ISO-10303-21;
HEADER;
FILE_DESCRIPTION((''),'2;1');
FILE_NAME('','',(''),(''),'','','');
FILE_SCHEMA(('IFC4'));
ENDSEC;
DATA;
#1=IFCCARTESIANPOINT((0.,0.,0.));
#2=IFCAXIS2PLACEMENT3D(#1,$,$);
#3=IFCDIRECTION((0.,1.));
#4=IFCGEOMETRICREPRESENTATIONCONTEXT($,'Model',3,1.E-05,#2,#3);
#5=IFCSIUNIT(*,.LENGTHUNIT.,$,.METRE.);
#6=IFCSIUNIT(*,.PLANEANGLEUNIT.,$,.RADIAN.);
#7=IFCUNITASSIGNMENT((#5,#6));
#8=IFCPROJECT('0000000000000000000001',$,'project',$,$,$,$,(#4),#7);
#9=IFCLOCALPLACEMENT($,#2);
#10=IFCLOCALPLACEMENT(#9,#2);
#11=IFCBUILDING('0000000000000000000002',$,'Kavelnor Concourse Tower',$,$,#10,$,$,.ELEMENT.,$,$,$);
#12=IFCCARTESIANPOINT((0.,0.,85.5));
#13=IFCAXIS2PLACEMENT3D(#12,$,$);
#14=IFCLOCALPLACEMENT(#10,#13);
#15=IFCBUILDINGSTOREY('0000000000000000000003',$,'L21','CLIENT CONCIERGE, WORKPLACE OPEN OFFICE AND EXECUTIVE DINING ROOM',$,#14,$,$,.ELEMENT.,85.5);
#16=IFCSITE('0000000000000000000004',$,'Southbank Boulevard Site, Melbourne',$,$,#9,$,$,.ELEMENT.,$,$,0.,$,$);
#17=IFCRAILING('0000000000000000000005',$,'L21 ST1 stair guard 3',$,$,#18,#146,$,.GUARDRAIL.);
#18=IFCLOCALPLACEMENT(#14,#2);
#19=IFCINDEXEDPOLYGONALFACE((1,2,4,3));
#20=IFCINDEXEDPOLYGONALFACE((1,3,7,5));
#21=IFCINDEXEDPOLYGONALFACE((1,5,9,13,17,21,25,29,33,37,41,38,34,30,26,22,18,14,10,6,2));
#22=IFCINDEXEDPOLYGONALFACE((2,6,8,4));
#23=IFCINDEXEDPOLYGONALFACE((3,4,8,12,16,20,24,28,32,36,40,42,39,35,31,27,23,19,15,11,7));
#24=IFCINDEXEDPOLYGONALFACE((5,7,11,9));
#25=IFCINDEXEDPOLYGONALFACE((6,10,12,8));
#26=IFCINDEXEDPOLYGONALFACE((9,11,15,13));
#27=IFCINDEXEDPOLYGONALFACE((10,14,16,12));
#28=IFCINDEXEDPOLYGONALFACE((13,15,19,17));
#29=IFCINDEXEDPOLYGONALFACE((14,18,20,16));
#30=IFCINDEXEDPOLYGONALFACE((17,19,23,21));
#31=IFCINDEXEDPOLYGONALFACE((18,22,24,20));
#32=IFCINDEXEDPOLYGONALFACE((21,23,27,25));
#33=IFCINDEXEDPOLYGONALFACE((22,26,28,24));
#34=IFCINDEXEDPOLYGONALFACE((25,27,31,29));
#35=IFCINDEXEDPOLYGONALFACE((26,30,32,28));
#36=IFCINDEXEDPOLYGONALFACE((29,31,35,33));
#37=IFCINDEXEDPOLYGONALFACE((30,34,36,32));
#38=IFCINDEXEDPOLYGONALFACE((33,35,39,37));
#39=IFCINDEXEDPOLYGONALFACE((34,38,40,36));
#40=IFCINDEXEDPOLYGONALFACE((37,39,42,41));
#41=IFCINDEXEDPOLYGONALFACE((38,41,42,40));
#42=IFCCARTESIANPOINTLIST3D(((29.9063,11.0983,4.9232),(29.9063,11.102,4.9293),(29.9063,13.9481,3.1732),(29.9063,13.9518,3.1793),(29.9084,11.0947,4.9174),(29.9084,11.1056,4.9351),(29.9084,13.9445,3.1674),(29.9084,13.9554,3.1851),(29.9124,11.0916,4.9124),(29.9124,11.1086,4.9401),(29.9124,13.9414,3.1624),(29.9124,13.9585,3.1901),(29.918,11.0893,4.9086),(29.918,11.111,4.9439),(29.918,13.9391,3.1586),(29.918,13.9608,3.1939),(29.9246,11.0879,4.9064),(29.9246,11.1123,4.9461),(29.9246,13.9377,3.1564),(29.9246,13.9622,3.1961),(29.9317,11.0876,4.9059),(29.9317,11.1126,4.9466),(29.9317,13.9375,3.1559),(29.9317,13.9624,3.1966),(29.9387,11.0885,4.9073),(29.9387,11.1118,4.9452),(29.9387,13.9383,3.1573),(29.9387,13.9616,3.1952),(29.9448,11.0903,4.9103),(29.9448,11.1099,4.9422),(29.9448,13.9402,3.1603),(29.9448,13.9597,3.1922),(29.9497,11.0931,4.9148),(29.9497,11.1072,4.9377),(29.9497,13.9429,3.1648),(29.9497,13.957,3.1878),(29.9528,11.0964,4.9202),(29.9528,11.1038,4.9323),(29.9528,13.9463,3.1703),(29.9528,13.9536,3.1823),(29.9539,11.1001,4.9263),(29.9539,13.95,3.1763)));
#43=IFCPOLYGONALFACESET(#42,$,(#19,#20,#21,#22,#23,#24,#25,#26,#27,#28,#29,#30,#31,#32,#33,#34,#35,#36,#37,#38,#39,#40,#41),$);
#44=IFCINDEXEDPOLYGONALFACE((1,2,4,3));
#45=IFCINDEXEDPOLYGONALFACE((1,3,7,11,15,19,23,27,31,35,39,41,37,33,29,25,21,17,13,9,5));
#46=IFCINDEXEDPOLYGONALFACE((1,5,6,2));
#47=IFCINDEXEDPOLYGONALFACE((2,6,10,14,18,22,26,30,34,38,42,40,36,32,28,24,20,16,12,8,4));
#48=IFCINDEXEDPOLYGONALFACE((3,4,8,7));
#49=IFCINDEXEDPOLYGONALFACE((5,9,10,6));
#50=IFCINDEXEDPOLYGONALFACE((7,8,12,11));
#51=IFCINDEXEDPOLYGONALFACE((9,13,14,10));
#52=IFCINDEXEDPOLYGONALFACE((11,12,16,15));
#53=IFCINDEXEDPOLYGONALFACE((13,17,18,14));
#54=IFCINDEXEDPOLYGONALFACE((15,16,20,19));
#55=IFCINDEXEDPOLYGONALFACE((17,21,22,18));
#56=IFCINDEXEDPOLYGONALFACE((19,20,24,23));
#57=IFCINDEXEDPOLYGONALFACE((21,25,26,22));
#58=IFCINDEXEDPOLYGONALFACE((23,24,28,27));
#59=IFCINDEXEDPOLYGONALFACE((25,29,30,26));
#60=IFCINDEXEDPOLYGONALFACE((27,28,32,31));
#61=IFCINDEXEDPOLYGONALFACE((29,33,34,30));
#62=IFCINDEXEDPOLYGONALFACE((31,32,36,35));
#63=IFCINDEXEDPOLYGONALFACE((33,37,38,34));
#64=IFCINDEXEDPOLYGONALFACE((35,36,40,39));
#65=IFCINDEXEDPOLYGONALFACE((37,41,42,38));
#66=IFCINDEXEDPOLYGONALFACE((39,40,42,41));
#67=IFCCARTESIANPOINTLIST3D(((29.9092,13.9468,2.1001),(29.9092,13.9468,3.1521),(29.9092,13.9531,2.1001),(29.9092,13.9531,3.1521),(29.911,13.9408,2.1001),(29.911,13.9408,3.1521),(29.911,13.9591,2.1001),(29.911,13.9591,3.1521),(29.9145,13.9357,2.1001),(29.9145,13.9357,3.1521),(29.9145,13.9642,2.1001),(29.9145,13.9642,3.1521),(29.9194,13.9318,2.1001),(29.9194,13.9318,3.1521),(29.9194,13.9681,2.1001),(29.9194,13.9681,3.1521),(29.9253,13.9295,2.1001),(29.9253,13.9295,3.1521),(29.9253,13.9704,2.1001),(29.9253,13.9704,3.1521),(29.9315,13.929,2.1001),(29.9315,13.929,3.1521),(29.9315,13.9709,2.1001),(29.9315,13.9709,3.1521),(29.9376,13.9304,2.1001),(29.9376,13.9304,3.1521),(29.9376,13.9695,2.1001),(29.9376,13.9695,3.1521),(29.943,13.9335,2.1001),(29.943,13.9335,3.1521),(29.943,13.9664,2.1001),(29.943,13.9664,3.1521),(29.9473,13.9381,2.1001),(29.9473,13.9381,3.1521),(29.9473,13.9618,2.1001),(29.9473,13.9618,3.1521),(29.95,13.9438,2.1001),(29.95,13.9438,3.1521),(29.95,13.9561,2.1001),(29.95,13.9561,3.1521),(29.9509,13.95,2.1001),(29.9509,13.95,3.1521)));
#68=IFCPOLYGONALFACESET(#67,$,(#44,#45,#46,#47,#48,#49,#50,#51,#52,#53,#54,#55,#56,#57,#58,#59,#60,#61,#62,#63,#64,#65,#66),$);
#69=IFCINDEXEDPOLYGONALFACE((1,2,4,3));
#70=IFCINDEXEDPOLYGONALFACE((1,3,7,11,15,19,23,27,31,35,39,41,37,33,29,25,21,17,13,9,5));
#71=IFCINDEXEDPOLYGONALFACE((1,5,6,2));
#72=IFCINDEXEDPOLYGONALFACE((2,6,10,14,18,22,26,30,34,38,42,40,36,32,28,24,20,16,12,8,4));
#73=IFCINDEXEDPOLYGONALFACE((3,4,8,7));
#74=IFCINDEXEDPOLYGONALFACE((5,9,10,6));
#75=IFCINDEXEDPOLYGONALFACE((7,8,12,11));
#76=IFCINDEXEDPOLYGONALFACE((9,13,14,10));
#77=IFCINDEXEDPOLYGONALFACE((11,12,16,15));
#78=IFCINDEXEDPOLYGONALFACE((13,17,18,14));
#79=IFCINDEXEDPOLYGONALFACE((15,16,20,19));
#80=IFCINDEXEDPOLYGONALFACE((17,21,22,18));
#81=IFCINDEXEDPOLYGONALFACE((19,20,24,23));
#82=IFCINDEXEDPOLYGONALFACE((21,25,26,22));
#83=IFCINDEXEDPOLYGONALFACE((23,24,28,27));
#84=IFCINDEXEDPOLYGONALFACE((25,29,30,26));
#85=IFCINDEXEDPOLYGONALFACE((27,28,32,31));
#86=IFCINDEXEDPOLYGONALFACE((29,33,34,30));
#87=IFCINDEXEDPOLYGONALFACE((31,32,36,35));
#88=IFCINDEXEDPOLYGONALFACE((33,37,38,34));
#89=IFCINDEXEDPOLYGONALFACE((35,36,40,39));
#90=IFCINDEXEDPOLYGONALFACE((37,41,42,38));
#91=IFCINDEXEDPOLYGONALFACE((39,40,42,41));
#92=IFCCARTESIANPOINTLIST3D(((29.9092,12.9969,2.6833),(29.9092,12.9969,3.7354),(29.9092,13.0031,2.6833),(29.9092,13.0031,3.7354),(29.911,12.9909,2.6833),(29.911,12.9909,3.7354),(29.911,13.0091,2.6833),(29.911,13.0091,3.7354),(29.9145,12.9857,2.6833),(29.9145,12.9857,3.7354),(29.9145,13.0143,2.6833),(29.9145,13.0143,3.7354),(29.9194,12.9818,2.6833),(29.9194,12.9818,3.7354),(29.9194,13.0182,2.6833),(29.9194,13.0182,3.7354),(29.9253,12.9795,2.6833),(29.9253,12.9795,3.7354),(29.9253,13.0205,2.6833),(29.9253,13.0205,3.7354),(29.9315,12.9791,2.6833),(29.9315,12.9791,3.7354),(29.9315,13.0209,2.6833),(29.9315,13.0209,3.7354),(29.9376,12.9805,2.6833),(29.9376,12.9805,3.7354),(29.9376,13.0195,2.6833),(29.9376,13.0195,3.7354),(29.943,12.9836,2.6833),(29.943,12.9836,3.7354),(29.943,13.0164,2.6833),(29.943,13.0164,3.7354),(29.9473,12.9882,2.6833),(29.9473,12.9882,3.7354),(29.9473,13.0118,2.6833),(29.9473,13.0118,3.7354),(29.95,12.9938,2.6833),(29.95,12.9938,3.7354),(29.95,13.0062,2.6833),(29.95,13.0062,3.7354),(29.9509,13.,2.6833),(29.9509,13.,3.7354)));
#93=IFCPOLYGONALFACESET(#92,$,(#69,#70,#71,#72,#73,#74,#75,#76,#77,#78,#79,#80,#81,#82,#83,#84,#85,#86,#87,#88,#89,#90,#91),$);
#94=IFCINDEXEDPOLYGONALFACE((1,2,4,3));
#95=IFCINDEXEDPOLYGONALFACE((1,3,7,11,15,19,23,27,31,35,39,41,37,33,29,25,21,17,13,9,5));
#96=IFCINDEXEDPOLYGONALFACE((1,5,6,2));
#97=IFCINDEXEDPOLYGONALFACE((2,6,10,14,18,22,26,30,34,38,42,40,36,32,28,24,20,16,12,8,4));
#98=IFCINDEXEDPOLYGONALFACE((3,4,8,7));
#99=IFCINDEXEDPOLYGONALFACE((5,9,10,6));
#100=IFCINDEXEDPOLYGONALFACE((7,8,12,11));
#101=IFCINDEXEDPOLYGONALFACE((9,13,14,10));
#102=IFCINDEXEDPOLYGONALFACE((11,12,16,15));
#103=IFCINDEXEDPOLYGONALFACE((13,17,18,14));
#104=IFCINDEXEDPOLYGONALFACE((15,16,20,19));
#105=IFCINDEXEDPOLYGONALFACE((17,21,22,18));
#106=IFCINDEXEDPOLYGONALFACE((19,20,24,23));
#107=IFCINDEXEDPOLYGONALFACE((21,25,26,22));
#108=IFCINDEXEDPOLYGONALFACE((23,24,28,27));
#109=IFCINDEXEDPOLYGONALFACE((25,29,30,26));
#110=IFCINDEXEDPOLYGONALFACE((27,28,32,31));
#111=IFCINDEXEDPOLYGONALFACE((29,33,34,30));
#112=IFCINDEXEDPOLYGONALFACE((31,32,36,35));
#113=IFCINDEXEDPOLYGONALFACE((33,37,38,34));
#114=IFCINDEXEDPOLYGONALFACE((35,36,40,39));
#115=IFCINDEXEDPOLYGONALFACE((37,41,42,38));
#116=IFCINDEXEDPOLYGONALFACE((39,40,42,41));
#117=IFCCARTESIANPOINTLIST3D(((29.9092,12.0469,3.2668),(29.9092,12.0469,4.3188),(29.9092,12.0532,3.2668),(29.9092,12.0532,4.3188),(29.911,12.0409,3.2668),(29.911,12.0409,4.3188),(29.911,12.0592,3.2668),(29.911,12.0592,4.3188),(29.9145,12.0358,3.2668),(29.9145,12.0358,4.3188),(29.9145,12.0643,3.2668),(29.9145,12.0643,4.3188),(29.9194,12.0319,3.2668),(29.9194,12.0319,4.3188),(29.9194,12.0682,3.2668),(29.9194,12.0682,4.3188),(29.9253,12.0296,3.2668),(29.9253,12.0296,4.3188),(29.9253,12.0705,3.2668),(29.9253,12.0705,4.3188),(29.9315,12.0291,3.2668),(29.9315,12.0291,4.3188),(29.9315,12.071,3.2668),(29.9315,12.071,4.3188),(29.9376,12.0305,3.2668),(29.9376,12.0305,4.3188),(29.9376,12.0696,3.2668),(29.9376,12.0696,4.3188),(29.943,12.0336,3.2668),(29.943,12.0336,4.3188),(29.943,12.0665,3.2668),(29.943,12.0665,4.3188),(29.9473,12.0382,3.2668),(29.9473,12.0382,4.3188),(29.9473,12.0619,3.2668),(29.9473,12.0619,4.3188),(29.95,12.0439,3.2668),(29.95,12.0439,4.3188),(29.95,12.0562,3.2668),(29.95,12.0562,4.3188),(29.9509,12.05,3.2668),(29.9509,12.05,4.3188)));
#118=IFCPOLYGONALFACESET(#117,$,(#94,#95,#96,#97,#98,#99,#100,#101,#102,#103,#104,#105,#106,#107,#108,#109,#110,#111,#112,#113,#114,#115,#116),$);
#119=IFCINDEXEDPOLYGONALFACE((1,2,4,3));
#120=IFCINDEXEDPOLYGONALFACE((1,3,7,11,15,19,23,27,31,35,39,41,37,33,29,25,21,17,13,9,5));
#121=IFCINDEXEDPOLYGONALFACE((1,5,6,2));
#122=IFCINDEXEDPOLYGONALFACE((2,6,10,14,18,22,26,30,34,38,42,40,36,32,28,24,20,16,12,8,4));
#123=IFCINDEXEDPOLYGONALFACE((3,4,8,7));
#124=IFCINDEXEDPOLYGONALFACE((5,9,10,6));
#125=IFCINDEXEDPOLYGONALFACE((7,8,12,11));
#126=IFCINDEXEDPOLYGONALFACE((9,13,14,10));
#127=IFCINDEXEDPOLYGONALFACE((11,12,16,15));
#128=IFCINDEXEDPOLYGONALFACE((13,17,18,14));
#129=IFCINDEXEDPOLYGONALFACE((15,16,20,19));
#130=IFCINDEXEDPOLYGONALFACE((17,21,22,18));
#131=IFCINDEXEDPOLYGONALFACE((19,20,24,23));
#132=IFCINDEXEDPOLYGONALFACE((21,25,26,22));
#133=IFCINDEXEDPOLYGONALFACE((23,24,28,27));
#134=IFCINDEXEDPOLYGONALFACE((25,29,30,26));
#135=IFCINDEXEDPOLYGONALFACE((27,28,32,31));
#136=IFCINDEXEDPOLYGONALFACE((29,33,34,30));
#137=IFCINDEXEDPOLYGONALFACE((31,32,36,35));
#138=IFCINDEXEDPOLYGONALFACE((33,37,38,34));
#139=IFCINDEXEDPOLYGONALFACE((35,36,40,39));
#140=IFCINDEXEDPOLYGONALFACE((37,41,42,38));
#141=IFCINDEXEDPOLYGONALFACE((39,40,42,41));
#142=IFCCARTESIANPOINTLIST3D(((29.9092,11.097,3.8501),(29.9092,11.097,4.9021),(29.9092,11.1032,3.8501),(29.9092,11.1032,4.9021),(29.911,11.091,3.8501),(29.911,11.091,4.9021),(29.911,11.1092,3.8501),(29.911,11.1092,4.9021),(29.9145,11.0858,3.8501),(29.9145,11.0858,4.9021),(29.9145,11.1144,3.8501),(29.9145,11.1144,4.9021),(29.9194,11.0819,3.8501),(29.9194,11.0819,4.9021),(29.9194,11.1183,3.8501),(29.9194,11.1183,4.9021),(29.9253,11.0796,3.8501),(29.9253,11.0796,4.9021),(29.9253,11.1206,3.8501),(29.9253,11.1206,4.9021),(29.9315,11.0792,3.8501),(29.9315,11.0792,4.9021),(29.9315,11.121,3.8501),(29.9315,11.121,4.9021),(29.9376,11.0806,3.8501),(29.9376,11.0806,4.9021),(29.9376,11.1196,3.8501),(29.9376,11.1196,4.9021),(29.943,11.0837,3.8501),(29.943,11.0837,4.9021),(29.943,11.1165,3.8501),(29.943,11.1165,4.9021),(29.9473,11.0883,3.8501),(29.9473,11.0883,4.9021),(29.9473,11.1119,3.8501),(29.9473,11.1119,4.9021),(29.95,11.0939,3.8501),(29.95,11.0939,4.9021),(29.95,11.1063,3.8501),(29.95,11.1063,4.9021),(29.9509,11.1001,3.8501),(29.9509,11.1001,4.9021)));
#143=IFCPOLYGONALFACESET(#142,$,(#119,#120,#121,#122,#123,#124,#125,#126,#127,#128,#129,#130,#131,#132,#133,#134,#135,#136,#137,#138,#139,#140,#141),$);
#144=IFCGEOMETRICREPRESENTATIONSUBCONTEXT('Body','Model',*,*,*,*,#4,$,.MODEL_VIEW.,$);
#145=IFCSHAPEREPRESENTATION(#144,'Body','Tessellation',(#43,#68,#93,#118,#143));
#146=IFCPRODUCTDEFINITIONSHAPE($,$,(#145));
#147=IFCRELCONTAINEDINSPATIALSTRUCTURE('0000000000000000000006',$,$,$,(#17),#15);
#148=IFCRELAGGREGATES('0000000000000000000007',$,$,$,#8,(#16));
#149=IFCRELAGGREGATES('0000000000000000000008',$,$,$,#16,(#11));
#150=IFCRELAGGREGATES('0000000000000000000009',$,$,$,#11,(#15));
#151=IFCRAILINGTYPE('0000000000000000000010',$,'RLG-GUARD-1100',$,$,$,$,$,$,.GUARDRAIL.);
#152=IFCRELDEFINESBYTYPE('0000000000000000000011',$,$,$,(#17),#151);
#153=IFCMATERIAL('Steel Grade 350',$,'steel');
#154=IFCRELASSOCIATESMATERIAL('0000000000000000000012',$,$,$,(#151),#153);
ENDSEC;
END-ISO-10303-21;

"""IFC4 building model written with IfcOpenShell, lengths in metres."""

from ifc_helpers import new_model, si_unit, direction, frame, origin, origin_2d, place, context, subcontext, project, spatial, circle, extrude, material, type_object, element, save


model = new_model("IFC4")

# Units and contexts
model_context = context("Model", 3, precision=1e-05, world=origin(), true_north=direction((0.0, 1.0)))
body_context = subcontext(model_context, "Body", "Model", "MODEL_VIEW")
ifc_project = project(units=[si_unit("LENGTHUNIT", "METRE"), si_unit("PLANEANGLEUNIT", "RADIAN")], contexts=[model_context])

# Site, building, storey
site_placement = place(None, origin())
site = spatial("IfcSite", under=ifc_project, at=site_placement, Name="Southbank Boulevard Site, Melbourne", CompositionType="ELEMENT", RefElevation=0.0)
building_placement = place(site_placement, origin())
building = spatial("IfcBuilding", under=site, at=building_placement, Name="Kavelnor Concourse Tower", CompositionType="ELEMENT")
storey_placement = place(building_placement, frame((0.0, 0.0, 85.5)))
storey = spatial("IfcBuildingStorey", under=building, at=storey_placement, Name="L21", Description="CLIENT CONCIERGE, WORKPLACE OPEN OFFICE AND EXECUTIVE DINING ROOM", CompositionType="ELEMENT", Elevation=85.5)

# Shared definitions
ifc_material_1 = material(Name="Steel Grade 350", Category="steel")

# Railing
railing_type_1 = type_object("IfcRailingType", Name="RLG-GUARD-1100", PredefinedType="GUARDRAIL", material=ifc_material_1)
railing_1_placement = place(storey_placement, frame((29.9299, 13.95, 2.1001)))
element("IfcRailing", 1, at=railing_1_placement, inside=storey, type_object=railing_type_1, Name="L21 ST1 stair guard 3", PredefinedType="GUARDRAIL", context=body_context, shape_type="SweptSolid", body=[
    extrude(circle(Radius=0.0239, at=origin_2d()), frame((0.0, 0.0, 1.0762), z_axis=(0.0, -0.852159, 0.523283), x_axis=(1.0, 0.0, 0.0)), (0.0, 0.0, 1.0), 3.3442),
    extrude(circle(Radius=0.021, at=origin_2d()), origin(), (0.0, 0.0, 1.0), 1.052),
    extrude(circle(Radius=0.021, at=origin_2d()), frame((0.0, -0.95, 0.5833)), (0.0, 0.0, 1.0), 1.052),
    extrude(circle(Radius=0.021, at=origin_2d()), frame((0.0, -1.8999, 1.1667)), (0.0, 0.0, 1.0), 1.052),
    extrude(circle(Radius=0.021, at=origin_2d()), frame((0.0, -2.8499, 1.75)), (0.0, 0.0, 1.0), 1.052),
])

save(model, "model.ifc")
